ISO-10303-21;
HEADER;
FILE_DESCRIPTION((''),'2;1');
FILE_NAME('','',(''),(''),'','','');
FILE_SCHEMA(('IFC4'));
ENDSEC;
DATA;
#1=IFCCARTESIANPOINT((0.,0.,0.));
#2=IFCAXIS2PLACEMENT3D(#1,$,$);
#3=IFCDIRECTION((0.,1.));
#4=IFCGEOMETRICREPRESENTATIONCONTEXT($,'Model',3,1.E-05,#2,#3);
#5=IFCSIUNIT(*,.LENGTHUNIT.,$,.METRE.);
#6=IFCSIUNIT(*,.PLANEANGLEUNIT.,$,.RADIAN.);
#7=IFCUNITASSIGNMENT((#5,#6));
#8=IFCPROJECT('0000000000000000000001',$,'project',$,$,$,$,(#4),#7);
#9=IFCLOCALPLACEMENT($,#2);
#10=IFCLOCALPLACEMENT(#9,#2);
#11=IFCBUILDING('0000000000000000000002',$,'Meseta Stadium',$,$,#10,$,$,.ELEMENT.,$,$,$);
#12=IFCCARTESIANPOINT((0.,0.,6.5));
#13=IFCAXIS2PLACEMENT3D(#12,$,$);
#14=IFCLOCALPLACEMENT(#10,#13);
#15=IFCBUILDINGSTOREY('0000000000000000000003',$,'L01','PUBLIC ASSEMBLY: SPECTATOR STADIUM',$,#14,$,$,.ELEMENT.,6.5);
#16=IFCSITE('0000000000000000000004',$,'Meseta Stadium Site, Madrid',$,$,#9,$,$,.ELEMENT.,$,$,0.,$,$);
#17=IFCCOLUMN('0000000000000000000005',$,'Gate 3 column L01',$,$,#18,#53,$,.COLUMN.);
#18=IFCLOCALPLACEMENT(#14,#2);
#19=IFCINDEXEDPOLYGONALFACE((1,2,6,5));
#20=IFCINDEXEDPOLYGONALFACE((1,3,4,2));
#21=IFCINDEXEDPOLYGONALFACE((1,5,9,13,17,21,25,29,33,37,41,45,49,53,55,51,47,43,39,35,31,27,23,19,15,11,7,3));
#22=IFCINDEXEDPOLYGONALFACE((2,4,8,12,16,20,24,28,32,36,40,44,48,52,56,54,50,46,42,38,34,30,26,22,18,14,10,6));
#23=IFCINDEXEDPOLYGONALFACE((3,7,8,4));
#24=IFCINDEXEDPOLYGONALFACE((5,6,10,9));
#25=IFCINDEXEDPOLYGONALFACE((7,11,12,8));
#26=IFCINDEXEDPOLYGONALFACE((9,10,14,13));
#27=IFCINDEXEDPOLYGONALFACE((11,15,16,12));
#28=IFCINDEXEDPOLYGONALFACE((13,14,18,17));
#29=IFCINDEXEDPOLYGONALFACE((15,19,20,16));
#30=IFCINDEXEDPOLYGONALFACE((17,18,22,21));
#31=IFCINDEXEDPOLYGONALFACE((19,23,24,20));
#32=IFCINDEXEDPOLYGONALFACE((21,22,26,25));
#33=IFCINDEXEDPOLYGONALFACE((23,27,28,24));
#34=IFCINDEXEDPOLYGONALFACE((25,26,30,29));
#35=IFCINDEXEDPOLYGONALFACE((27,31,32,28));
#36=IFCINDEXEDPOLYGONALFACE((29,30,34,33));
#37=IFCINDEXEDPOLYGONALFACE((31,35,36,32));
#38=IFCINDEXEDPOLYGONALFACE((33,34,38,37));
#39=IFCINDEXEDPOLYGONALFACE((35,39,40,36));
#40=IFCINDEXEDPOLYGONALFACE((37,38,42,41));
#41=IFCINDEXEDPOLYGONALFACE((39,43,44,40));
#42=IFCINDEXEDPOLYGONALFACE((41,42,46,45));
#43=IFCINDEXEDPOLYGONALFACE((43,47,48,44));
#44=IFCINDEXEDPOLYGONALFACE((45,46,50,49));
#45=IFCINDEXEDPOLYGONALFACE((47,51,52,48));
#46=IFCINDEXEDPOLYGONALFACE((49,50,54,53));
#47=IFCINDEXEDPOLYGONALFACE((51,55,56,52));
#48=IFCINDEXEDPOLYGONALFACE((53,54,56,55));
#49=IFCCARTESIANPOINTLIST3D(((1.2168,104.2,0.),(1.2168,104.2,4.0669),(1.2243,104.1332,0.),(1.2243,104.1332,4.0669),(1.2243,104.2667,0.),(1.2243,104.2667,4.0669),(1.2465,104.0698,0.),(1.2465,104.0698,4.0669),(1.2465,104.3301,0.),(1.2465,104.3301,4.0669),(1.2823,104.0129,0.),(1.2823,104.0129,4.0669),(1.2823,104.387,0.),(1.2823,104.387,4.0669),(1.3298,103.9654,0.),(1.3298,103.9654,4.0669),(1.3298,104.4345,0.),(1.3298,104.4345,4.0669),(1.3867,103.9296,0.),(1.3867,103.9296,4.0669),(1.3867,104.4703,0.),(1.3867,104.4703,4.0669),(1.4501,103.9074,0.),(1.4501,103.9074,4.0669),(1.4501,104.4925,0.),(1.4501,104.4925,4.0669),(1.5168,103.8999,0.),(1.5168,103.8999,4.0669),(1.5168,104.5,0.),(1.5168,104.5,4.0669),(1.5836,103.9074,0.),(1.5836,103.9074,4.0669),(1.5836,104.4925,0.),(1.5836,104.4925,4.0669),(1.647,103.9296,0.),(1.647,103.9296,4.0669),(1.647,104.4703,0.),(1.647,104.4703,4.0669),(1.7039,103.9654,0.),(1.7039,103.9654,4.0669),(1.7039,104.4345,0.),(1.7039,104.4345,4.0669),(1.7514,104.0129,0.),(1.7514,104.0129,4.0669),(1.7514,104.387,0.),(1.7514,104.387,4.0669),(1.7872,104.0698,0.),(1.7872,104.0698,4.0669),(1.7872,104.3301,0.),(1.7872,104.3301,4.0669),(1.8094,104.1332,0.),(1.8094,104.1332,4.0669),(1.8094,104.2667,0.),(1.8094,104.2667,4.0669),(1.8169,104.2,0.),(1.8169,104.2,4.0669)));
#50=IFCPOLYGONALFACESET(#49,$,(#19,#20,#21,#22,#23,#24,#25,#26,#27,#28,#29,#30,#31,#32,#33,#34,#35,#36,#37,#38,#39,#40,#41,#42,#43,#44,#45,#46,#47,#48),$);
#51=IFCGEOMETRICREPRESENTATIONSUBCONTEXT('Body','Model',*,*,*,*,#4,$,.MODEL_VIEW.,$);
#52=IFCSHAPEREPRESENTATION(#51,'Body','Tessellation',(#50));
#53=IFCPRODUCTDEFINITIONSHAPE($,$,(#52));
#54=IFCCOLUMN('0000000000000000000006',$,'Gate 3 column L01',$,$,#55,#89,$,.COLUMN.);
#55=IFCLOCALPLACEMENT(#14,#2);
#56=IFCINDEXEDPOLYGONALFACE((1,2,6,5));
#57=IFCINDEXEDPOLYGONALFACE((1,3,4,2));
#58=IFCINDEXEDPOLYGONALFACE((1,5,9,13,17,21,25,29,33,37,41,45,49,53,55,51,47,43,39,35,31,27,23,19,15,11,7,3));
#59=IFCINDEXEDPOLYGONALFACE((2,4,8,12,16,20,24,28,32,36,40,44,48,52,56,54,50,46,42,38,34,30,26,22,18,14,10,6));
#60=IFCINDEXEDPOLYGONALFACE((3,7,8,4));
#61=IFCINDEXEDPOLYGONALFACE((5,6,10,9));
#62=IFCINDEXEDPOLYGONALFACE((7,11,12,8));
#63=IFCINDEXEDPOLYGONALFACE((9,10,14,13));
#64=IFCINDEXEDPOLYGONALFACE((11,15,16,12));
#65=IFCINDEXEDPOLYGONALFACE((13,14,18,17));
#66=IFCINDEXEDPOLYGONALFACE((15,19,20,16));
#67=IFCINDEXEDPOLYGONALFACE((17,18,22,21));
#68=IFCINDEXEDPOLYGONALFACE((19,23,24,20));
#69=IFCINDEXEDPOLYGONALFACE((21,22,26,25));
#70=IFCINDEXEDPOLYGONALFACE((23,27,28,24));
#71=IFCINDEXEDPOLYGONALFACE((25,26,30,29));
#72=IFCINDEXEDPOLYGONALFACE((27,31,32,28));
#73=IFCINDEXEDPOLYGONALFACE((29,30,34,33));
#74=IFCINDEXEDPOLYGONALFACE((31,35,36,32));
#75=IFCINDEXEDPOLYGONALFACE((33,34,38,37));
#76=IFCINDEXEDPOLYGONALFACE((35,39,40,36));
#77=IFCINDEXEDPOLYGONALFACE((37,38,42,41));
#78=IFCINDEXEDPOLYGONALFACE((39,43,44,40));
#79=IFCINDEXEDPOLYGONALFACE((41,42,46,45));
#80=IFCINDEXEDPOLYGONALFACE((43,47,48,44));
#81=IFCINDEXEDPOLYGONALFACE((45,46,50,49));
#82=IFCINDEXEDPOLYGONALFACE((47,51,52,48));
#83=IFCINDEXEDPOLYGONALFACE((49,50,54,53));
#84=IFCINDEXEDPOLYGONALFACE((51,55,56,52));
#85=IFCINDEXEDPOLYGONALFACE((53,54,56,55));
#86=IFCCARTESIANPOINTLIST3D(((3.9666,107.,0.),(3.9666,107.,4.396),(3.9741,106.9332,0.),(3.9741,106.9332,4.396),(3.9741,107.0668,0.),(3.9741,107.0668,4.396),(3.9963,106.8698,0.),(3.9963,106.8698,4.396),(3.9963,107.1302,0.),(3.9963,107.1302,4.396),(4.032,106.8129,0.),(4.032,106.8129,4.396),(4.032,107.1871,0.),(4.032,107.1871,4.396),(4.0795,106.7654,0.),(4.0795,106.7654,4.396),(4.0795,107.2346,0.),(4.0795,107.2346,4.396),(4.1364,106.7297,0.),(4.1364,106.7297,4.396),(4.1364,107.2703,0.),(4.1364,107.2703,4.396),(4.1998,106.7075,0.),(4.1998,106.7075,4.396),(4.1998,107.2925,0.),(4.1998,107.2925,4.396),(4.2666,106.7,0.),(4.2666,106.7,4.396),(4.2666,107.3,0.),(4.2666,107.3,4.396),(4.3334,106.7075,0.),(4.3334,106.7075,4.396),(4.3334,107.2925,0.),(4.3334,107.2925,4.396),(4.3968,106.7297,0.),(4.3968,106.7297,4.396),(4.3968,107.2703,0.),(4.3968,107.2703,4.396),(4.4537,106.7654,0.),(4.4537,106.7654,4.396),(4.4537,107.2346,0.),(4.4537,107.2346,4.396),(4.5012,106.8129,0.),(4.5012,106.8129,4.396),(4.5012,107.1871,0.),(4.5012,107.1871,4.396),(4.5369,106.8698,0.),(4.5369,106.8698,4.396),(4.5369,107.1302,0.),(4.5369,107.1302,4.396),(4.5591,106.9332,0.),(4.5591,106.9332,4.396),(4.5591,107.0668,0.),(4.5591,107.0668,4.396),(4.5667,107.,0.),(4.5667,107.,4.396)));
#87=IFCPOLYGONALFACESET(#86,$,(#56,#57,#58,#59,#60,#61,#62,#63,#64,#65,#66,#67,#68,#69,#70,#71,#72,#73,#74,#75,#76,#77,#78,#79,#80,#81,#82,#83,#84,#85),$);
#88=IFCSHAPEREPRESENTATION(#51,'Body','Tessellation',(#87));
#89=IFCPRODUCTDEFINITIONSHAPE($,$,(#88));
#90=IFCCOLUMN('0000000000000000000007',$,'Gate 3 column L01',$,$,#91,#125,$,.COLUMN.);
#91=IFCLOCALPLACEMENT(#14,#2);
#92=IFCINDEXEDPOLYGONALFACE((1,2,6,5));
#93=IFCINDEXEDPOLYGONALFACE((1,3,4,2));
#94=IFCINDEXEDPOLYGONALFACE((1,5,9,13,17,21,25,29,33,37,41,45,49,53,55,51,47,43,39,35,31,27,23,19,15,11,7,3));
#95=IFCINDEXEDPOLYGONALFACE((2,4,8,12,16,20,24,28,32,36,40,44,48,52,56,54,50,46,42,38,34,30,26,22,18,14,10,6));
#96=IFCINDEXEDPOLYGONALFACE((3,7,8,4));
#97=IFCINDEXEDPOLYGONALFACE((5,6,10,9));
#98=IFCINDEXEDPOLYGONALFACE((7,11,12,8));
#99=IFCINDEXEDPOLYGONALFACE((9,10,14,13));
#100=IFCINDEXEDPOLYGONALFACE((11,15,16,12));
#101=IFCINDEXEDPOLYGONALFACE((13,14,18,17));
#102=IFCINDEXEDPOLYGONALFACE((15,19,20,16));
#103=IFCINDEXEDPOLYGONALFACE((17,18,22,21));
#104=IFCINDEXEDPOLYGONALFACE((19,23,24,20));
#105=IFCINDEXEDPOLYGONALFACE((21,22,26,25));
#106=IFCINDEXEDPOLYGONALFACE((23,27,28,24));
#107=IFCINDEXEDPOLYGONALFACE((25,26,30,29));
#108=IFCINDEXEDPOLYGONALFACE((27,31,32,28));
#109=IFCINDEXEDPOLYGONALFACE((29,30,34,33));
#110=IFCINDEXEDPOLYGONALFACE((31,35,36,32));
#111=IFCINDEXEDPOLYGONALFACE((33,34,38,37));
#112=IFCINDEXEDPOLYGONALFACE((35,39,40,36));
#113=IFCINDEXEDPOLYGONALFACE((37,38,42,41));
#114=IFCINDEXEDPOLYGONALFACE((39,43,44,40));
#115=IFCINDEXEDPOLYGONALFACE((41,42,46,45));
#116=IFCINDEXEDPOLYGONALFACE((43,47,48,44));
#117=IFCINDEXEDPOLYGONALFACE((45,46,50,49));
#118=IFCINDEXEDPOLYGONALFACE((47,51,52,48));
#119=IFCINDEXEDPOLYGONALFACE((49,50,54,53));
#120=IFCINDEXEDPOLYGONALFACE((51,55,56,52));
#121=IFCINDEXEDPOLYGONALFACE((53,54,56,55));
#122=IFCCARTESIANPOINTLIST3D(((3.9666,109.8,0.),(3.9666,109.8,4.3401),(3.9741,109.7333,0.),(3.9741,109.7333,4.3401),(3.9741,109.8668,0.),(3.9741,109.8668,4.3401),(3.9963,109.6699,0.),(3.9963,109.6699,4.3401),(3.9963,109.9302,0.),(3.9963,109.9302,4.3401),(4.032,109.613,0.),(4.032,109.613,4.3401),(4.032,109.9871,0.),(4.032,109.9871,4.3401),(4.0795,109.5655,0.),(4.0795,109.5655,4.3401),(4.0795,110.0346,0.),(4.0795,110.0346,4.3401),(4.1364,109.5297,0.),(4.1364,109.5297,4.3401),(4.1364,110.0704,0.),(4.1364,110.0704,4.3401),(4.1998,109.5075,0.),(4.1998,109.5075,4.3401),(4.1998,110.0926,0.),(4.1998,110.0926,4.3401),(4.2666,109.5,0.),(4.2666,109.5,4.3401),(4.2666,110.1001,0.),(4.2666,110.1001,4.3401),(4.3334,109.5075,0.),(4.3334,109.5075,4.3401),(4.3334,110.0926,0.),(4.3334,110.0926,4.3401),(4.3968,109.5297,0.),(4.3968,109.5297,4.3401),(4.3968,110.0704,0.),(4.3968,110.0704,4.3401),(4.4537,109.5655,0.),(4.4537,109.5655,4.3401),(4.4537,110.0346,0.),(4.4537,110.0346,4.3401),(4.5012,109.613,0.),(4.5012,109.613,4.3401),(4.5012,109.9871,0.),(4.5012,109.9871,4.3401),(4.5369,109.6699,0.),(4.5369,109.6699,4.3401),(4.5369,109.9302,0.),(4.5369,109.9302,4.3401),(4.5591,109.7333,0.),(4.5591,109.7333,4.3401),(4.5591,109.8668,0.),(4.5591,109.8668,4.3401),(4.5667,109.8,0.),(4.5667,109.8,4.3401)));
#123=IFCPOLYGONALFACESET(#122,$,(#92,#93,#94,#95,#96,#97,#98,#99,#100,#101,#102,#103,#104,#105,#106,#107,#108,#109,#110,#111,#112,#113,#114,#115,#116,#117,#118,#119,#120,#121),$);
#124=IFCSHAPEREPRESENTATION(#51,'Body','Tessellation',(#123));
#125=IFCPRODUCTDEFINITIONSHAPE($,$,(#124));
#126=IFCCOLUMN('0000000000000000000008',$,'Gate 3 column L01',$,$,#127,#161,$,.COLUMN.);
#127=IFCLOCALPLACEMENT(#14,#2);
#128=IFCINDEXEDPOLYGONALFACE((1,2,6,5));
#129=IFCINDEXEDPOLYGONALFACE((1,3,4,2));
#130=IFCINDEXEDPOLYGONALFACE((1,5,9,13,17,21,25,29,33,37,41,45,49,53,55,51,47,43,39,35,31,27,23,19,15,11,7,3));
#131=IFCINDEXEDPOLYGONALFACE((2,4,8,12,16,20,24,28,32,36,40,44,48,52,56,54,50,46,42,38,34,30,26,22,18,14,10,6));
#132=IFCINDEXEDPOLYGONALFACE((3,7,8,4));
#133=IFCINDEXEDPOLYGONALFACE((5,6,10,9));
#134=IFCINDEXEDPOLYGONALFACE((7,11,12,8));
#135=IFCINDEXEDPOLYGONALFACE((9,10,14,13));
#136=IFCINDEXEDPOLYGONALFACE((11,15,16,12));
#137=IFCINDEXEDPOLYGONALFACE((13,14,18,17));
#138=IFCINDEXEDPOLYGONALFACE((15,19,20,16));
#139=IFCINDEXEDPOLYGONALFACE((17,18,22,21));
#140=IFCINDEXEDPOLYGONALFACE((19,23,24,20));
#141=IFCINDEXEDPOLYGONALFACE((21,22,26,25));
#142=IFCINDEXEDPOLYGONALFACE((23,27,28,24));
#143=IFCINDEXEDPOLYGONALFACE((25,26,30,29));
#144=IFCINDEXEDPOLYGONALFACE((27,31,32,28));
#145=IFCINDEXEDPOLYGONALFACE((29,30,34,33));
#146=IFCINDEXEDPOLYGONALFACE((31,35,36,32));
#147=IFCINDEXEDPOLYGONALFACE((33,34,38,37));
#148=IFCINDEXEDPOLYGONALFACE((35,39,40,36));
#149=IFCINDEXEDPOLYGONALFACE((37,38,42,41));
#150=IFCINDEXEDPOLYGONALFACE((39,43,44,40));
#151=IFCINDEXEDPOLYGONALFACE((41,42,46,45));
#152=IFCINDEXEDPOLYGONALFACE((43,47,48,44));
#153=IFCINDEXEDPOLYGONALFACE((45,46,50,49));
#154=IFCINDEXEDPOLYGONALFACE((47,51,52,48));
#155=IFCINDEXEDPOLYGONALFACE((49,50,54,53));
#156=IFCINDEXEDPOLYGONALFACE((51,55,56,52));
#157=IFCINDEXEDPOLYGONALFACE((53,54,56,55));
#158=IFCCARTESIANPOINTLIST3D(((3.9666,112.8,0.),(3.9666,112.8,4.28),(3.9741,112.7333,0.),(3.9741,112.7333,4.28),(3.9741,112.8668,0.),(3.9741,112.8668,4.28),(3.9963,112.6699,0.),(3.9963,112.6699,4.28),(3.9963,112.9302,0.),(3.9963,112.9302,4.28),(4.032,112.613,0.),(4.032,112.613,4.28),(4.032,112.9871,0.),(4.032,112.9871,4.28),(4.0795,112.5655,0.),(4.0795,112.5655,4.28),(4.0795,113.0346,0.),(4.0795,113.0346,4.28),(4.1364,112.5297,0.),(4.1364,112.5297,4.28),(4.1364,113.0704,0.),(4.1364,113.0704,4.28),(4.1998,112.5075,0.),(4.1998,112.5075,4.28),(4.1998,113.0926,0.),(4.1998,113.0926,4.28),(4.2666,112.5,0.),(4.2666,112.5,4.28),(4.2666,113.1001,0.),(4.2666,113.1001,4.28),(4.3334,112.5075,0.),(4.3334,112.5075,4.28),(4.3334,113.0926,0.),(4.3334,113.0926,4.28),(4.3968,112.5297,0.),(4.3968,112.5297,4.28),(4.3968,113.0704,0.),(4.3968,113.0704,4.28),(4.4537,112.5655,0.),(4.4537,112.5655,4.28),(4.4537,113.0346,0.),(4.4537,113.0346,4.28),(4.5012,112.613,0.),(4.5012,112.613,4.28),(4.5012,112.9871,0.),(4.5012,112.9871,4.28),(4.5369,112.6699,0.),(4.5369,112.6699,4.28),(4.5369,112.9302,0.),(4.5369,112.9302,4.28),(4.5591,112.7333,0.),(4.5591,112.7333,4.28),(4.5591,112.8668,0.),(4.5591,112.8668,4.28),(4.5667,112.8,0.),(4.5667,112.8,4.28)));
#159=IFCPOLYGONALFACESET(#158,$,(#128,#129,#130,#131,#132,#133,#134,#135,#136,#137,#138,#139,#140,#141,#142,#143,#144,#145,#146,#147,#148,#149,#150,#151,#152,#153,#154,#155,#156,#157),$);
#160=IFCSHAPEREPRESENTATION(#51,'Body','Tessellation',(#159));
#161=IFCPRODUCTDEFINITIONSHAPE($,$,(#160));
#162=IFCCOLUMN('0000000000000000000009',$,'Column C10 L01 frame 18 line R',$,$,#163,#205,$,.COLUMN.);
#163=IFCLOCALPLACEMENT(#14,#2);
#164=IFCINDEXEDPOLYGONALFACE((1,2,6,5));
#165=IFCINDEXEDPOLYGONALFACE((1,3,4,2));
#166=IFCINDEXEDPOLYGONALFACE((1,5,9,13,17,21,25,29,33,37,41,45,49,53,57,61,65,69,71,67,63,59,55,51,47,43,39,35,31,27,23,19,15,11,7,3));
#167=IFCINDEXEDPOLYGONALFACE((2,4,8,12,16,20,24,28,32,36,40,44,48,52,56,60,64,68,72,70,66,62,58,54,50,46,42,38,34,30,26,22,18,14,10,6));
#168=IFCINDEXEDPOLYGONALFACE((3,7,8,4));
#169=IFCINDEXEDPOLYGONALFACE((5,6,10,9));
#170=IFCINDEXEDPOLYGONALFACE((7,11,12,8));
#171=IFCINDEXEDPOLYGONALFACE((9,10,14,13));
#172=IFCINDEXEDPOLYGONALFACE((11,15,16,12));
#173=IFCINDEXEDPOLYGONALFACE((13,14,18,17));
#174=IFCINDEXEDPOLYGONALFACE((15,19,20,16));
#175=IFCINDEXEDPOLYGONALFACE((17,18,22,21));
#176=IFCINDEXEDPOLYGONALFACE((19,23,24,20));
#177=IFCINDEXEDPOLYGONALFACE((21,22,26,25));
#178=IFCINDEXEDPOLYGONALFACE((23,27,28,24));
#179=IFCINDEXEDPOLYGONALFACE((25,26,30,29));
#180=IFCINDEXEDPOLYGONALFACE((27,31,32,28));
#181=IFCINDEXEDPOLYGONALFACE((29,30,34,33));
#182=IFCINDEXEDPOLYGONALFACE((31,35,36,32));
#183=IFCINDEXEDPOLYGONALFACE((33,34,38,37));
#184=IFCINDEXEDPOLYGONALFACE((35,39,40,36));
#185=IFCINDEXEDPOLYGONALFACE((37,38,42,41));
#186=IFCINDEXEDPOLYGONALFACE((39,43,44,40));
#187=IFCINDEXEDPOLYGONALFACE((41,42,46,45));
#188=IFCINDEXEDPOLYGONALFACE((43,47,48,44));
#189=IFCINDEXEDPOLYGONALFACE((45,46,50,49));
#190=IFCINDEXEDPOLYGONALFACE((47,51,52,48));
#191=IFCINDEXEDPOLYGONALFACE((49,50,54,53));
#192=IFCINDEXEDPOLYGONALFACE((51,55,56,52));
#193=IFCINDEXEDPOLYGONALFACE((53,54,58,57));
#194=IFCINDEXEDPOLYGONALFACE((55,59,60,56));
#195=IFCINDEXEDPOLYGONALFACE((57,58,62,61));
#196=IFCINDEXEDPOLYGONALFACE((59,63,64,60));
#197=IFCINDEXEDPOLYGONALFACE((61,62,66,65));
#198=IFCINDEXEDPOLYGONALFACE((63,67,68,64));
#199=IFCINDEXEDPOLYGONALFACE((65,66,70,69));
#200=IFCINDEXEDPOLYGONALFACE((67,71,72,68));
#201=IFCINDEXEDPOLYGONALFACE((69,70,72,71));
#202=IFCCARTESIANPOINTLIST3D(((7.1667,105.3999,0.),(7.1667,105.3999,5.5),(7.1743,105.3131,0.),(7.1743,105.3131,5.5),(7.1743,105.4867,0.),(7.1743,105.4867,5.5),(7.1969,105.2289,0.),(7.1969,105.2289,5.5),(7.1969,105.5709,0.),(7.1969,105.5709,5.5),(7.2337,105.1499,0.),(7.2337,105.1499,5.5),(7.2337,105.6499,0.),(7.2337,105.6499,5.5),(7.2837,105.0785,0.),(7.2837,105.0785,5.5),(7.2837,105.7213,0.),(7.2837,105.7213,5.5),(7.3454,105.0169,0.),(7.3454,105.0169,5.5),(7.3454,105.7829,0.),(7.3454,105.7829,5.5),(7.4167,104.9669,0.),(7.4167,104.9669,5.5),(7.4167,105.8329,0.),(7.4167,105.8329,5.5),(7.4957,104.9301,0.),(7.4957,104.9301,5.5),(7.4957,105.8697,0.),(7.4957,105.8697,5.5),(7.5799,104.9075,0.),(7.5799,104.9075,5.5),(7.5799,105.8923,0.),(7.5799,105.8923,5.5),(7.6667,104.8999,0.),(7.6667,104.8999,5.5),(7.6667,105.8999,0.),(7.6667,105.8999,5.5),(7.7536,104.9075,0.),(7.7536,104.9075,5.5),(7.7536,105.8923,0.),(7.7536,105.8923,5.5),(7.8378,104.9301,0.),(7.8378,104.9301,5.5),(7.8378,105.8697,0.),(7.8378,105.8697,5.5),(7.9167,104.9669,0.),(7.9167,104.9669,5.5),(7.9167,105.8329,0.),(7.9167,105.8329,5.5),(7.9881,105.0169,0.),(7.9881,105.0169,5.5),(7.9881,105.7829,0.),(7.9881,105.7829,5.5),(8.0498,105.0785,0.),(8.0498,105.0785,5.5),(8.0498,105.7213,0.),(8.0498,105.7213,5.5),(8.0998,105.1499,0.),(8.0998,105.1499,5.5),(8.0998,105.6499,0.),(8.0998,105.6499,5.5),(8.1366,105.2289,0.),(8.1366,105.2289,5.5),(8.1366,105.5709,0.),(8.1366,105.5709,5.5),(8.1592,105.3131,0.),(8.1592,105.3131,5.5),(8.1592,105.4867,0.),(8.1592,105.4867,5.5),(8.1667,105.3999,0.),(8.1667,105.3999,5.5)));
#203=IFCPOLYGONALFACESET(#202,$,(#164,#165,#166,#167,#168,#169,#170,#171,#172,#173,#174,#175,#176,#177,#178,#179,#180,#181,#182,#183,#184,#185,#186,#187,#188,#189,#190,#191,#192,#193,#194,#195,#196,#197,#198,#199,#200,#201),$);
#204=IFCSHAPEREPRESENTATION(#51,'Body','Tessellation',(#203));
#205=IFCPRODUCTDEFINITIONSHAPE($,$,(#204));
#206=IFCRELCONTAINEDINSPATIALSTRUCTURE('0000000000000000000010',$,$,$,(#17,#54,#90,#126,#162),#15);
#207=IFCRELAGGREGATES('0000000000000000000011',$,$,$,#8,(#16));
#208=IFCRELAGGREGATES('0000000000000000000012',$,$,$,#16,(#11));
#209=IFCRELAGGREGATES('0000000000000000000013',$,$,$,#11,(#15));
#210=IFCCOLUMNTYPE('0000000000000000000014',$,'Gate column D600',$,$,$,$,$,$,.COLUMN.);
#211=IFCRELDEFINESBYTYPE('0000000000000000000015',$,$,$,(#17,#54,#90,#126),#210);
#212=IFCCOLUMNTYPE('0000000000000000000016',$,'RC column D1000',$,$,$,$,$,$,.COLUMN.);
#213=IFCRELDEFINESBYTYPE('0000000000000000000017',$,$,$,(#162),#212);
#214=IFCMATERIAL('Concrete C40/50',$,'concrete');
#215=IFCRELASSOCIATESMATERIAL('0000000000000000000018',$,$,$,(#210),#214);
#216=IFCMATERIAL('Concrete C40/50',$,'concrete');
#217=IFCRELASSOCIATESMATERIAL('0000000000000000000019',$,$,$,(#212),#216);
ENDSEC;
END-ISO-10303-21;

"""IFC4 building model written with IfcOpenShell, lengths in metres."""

from ifc_helpers import new_model, si_unit, direction, frame, origin, origin_2d, place, context, subcontext, project, spatial, circle, extrude, material, material_profile, profile_set, type_object, element, save


model = new_model("IFC4")

# Units and contexts
model_context = context("Model", 3, precision=1e-05, world=origin(), true_north=direction((0.0, 1.0)))
body_context = subcontext(model_context, "Body", "Model", "MODEL_VIEW")
ifc_project = project(units=[si_unit("LENGTHUNIT", "METRE"), si_unit("PLANEANGLEUNIT", "RADIAN")], contexts=[model_context])

# Site, building, storey
site_placement = place(None, origin())
site = spatial("IfcSite", under=ifc_project, at=site_placement, Name="Meseta Stadium Site, Madrid", CompositionType="ELEMENT", RefElevation=0.0)
building_placement = place(site_placement, origin())
building = spatial("IfcBuilding", under=site, at=building_placement, Name="Meseta Stadium", CompositionType="ELEMENT")
storey_placement = place(building_placement, frame((0.0, 0.0, 6.5)))
storey = spatial("IfcBuildingStorey", under=building, at=storey_placement, Name="L01", Description="PUBLIC ASSEMBLY: SPECTATOR STADIUM", CompositionType="ELEMENT", Elevation=6.5)

# Columns
ifc_material_1 = material(Name="Concrete C40/50", Category="concrete")
ifc_material_profile_1 = material_profile(ifc_material_1, circle(Radius=0.3, at=origin_2d()), Name="RC D600")
ifc_profile_set_1 = profile_set([ifc_material_profile_1], Name="Concrete C40/50")
column_type_1 = type_object("IfcColumnType", Name="Gate column D600", PredefinedType="COLUMN", material=ifc_profile_set_1)
column_1_placement = place(storey_placement, frame((1.5168, 104.2, 0.0), z_axis=(0.0, 0.0, 1.0), x_axis=(1.0, 0.0, 0.0)))
element("IfcColumn", 1, at=column_1_placement, inside=storey, type_object=column_type_1, Name="Gate 3 column L01", PredefinedType="COLUMN", context=body_context, shape_type="SweptSolid", body=[
    extrude(circle(Radius=0.3, at=origin_2d()), origin(), (0.0, 0.0, 1.0), 4.0669),
])
column_2_placement = place(storey_placement, frame((4.2666, 107.0, 0.0), z_axis=(0.0, 0.0, 1.0), x_axis=(1.0, 0.0, 0.0)))
element("IfcColumn", 2, at=column_2_placement, inside=storey, type_object=column_type_1, Name="Gate 3 column L01", PredefinedType="COLUMN", context=body_context, shape_type="SweptSolid", body=[
    extrude(circle(Radius=0.3, at=origin_2d()), origin(), (0.0, 0.0, 1.0), 4.396),
])
column_3_placement = place(storey_placement, frame((4.2666, 109.8, 0.0), z_axis=(0.0, 0.0, 1.0), x_axis=(1.0, 0.0, 0.0)))
element("IfcColumn", 3, at=column_3_placement, inside=storey, type_object=column_type_1, Name="Gate 3 column L01", PredefinedType="COLUMN", context=body_context, shape_type="SweptSolid", body=[
    extrude(circle(Radius=0.3, at=origin_2d()), origin(), (0.0, 0.0, 1.0), 4.3401),
])
column_4_placement = place(storey_placement, frame((4.2666, 112.8, 0.0), z_axis=(0.0, 0.0, 1.0), x_axis=(1.0, 0.0, 0.0)))
element("IfcColumn", 4, at=column_4_placement, inside=storey, type_object=column_type_1, Name="Gate 3 column L01", PredefinedType="COLUMN", context=body_context, shape_type="SweptSolid", body=[
    extrude(circle(Radius=0.3, at=origin_2d()), origin(), (0.0, 0.0, 1.0), 4.28),
])
ifc_material_2 = material(Name="Concrete C40/50", Category="concrete")
ifc_material_profile_2 = material_profile(ifc_material_2, circle(Radius=0.5, at=origin_2d()), Name="RC D1000")
ifc_profile_set_2 = profile_set([ifc_material_profile_2], Name="Concrete C40/50")
column_type_2 = type_object("IfcColumnType", Name="RC column D1000", PredefinedType="COLUMN", material=ifc_profile_set_2)
column_5_placement = place(storey_placement, frame((7.6667, 105.3999, 0.0), z_axis=(0.0, 0.0, 1.0), x_axis=(1.0, 0.0, 0.0)))
element("IfcColumn", 5, at=column_5_placement, inside=storey, type_object=column_type_2, Name="Column C10 L01 frame 18 line R", PredefinedType="COLUMN", context=body_context, shape_type="SweptSolid", body=[
    extrude(circle(Radius=0.5, at=origin_2d()), origin(), (0.0, 0.0, 1.0), 5.5),
])

save(model, "model.ifc")
